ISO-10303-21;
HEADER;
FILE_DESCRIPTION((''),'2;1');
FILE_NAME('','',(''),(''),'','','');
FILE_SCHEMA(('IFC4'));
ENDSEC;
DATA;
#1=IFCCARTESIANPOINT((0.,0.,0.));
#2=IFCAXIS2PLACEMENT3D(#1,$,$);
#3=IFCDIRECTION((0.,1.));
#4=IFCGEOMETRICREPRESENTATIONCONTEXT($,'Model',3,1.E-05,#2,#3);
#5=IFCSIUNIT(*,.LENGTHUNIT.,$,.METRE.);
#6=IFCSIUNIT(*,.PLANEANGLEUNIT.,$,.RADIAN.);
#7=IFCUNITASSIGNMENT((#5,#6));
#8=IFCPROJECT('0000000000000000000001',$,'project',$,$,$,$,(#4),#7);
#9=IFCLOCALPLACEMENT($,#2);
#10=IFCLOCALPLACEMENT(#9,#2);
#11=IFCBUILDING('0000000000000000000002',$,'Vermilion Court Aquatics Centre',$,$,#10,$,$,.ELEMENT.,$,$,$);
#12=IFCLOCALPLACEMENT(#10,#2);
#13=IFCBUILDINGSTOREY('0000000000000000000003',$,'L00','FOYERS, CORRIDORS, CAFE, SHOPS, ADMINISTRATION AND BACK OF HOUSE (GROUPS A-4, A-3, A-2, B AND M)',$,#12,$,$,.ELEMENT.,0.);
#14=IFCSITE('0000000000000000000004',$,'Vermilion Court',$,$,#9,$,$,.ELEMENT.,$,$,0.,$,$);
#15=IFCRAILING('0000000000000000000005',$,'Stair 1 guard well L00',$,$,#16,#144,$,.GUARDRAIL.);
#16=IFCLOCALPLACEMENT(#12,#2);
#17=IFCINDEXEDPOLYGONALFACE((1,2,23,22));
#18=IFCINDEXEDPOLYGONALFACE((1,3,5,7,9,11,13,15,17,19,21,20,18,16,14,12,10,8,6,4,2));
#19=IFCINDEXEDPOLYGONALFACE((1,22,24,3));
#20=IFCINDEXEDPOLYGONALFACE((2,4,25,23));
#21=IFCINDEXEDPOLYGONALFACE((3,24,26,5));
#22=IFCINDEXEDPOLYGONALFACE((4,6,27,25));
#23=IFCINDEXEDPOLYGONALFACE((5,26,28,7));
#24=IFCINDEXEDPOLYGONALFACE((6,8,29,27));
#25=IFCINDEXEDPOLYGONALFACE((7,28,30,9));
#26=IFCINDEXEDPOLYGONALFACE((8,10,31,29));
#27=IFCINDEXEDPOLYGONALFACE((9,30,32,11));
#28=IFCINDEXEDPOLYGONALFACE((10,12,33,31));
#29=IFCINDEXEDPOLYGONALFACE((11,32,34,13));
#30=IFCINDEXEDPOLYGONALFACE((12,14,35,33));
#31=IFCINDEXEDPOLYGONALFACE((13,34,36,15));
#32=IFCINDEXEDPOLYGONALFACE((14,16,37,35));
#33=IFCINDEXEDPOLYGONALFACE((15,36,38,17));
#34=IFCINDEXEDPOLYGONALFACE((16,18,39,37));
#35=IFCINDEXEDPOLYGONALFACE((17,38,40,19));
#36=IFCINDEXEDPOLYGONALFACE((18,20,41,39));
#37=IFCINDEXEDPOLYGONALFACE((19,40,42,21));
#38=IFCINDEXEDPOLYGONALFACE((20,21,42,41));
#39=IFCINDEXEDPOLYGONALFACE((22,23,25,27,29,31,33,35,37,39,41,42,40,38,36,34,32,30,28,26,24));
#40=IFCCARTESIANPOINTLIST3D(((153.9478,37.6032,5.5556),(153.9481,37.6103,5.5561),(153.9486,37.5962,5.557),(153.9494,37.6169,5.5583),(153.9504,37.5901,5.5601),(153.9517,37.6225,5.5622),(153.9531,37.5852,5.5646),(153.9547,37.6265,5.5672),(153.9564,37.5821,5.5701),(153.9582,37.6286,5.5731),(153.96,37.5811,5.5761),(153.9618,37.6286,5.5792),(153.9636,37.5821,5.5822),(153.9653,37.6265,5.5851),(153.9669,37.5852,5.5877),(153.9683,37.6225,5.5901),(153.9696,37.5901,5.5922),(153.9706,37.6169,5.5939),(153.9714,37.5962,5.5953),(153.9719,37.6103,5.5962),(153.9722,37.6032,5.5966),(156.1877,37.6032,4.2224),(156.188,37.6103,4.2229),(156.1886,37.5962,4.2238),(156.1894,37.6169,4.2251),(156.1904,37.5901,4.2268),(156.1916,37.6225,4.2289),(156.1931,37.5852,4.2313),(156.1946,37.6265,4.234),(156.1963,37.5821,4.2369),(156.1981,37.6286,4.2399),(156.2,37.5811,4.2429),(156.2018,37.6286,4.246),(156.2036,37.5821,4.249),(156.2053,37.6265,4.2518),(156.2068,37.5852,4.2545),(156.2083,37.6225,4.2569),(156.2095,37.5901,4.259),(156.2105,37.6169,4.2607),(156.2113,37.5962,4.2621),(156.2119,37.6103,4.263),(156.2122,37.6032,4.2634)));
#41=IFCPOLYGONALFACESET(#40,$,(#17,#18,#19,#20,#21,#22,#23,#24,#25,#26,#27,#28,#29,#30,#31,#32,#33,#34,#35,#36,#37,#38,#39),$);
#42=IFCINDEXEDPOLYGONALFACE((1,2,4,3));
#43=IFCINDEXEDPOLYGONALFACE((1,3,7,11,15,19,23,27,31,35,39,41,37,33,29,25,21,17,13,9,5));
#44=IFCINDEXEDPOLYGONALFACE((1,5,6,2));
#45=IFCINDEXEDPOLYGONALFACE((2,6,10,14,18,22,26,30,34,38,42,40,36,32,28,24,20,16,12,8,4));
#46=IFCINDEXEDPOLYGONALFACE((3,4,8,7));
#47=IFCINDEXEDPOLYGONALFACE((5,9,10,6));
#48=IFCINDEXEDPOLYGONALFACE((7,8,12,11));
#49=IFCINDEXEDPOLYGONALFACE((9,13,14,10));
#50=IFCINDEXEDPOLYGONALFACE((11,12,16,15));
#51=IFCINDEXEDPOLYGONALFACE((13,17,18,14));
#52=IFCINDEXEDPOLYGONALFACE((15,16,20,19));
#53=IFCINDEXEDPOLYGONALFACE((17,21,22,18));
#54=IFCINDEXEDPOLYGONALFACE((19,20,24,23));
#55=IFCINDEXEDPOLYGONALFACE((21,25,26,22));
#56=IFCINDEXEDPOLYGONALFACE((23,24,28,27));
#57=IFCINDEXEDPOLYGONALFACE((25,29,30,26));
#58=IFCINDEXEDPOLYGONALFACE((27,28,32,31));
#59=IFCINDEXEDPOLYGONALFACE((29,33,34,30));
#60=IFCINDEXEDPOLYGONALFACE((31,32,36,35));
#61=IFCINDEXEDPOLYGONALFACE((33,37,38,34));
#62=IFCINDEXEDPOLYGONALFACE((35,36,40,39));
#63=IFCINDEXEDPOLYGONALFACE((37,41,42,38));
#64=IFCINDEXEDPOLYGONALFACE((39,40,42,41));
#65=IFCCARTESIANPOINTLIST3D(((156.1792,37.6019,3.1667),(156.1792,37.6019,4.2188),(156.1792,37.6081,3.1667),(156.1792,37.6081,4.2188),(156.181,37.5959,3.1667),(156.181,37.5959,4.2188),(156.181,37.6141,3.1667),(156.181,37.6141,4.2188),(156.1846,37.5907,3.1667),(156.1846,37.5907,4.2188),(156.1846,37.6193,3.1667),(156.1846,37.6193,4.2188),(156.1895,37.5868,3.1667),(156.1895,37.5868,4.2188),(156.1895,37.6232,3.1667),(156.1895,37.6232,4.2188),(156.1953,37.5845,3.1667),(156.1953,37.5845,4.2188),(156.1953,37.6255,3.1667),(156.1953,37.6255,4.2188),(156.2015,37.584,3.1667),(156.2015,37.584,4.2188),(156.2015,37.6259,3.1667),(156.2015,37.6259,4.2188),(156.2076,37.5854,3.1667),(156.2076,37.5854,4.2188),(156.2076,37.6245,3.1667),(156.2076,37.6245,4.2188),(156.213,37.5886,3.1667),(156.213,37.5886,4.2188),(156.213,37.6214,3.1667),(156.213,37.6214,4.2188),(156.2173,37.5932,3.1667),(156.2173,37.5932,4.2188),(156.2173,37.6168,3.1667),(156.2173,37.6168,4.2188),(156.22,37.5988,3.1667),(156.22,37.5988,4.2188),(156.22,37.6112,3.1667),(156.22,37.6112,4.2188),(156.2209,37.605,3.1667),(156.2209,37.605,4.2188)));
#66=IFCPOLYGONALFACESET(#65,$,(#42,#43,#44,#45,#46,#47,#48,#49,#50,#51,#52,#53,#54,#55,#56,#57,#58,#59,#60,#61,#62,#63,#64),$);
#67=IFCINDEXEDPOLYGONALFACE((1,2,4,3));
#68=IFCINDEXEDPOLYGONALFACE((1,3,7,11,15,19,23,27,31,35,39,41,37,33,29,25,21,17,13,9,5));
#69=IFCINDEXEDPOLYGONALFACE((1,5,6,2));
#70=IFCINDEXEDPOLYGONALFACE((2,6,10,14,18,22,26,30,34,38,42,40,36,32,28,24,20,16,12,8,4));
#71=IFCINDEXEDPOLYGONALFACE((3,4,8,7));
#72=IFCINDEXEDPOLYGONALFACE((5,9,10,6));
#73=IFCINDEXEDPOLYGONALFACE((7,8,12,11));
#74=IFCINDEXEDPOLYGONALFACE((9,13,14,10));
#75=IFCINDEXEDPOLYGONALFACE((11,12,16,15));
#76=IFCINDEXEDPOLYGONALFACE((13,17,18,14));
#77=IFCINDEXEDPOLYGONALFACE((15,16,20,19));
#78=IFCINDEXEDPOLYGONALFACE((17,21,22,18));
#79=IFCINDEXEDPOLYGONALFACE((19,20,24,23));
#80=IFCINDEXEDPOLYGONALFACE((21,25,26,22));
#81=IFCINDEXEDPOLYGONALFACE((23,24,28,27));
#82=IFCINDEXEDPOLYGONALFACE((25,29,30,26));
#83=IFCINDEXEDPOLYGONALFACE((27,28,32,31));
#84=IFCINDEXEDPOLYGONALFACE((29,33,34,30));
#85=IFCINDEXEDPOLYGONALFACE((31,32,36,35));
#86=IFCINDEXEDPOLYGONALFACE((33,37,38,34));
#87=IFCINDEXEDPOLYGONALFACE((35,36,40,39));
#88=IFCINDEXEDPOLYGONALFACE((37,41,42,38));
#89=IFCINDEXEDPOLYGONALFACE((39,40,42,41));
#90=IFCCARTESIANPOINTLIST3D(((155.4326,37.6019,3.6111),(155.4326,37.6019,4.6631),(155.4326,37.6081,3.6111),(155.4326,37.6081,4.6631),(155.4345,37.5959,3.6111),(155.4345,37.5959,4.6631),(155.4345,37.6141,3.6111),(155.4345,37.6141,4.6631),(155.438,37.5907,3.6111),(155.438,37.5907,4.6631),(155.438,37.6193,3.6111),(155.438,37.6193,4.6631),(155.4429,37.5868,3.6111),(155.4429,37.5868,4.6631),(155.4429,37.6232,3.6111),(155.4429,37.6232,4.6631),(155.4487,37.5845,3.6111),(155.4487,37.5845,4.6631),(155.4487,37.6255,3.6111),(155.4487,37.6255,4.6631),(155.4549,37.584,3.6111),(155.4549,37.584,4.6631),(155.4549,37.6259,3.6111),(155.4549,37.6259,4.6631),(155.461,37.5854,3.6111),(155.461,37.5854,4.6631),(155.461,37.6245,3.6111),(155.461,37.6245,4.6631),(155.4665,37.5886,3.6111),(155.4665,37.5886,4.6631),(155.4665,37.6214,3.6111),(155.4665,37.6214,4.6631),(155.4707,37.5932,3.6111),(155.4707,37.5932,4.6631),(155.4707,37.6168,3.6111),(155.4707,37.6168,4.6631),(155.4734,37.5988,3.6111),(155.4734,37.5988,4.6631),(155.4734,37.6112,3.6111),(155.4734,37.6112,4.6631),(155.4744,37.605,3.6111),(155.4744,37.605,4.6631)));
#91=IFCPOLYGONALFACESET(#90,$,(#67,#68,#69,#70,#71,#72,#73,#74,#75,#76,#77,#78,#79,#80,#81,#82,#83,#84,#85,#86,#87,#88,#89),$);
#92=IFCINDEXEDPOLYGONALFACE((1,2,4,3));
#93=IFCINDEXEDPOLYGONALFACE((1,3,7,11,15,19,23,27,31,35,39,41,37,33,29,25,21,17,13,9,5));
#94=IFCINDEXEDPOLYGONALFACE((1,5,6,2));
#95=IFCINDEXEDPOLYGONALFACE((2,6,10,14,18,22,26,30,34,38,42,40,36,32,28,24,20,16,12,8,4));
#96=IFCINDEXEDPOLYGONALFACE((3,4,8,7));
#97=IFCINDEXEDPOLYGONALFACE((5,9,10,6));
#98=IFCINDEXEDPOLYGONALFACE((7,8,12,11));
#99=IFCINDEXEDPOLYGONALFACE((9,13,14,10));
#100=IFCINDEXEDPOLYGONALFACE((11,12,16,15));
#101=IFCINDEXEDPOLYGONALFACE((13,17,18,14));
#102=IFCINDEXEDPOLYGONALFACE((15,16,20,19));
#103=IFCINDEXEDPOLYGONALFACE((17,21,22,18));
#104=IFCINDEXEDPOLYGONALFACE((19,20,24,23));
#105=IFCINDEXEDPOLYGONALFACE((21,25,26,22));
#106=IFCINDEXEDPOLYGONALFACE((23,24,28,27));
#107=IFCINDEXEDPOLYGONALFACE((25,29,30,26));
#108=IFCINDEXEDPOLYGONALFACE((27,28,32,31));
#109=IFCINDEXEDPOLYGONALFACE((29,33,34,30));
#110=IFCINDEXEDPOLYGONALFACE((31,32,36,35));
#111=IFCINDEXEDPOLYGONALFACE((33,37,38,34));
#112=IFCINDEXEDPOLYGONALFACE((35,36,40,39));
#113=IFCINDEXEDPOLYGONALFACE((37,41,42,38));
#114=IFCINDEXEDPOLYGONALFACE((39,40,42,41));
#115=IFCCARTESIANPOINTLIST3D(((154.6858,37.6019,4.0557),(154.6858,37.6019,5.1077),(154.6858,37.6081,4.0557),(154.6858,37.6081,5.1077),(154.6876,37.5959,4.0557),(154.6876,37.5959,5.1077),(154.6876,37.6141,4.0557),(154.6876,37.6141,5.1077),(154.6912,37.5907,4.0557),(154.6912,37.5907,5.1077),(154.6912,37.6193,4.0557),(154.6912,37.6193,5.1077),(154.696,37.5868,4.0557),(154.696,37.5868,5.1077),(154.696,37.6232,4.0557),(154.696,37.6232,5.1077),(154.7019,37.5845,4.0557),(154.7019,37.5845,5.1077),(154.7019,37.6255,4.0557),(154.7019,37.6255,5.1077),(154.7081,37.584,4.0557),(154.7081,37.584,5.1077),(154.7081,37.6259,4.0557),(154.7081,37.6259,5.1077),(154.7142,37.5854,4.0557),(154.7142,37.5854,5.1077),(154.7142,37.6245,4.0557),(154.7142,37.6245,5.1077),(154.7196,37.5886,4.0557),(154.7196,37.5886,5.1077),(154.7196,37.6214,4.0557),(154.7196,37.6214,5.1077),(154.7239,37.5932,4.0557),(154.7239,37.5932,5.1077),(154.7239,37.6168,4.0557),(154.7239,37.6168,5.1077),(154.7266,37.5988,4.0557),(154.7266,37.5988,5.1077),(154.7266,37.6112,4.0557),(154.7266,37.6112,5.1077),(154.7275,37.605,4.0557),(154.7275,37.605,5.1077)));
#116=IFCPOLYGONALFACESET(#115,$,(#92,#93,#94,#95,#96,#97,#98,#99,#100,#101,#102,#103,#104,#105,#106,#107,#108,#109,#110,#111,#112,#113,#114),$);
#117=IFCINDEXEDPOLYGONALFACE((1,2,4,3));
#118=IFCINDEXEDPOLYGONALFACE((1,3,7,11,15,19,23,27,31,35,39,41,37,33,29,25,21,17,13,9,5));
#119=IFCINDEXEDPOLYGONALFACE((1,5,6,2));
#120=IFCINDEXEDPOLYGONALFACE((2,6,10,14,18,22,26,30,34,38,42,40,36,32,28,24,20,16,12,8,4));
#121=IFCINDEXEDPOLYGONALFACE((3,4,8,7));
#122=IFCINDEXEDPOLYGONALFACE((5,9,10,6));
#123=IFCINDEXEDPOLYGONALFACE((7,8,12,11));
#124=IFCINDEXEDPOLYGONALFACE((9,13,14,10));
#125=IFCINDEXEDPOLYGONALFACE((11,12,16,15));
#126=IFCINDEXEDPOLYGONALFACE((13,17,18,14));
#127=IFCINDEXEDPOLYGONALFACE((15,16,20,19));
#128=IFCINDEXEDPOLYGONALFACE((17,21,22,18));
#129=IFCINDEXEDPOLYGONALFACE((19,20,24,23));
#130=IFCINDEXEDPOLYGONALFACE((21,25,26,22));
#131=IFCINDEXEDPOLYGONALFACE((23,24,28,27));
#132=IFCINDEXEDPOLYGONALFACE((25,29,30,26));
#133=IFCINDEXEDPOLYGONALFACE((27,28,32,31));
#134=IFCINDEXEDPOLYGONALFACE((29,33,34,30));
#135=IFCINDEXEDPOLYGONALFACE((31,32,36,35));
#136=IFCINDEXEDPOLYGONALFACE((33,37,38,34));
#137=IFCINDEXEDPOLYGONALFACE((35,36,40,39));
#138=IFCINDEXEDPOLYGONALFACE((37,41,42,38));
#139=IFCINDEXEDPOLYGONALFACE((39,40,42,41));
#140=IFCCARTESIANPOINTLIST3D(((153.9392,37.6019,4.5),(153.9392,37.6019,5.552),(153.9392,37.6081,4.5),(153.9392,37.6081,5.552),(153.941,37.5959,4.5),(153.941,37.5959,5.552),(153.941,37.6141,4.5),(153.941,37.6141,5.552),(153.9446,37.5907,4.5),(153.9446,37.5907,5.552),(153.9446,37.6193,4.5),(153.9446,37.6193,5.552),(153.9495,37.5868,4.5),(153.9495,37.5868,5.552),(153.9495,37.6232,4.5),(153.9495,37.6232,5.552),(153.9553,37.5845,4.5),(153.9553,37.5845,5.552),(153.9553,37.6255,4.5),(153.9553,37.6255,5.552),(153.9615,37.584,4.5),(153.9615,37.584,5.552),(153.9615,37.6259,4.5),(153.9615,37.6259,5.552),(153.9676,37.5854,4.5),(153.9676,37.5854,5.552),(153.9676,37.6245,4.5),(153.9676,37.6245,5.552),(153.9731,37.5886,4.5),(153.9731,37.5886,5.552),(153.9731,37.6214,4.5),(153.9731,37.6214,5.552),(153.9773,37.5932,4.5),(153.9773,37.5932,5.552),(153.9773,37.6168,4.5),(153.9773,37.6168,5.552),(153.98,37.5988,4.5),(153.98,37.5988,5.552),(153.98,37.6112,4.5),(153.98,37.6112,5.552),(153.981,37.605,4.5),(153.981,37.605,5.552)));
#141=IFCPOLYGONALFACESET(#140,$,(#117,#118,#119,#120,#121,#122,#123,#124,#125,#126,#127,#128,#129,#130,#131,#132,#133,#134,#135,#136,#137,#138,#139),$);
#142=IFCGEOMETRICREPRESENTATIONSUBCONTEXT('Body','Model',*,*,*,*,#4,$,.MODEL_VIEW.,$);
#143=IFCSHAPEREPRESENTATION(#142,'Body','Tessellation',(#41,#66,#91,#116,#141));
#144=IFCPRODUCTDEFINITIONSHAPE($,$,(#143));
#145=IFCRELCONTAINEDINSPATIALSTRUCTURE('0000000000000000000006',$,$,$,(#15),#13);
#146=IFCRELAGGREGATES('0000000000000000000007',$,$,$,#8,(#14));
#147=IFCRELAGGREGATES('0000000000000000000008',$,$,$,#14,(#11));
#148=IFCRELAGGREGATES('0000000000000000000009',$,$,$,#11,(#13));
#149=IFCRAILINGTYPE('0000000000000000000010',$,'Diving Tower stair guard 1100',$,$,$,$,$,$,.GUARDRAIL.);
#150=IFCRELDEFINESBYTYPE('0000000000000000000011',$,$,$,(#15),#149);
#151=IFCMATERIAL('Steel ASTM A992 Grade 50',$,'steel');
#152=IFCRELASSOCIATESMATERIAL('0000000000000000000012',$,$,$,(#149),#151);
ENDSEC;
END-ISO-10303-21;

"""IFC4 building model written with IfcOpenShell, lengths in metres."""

from ifc_helpers import new_model, si_unit, direction, frame, origin, origin_2d, place, context, subcontext, project, spatial, circle, extrude, material, type_object, element, save


model = new_model("IFC4")

# Units and contexts
model_context = context("Model", 3, precision=1e-05, world=origin(), true_north=direction((0.0, 1.0)))
body_context = subcontext(model_context, "Body", "Model", "MODEL_VIEW")
ifc_project = project(units=[si_unit("LENGTHUNIT", "METRE"), si_unit("PLANEANGLEUNIT", "RADIAN")], contexts=[model_context])

# Site, building, storey
site_placement = place(None, origin())
site = spatial("IfcSite", under=ifc_project, at=site_placement, Name="Vermilion Court", CompositionType="ELEMENT", RefElevation=0.0)
building_placement = place(site_placement, origin())
building = spatial("IfcBuilding", under=site, at=building_placement, Name="Vermilion Court Aquatics Centre", CompositionType="ELEMENT")
storey_placement = place(building_placement, origin())
storey = spatial("IfcBuildingStorey", under=building, at=storey_placement, Name="L00", Description="FOYERS, CORRIDORS, CAFE, SHOPS, ADMINISTRATION AND BACK OF HOUSE (GROUPS A-4, A-3, A-2, B AND M)", CompositionType="ELEMENT", Elevation=0.0)

# Railing
ifc_material_1 = material(Name="Steel ASTM A992 Grade 50", Category="steel")
railing_type_1 = type_object("IfcRailingType", Name="Diving Tower stair guard 1100", PredefinedType="GUARDRAIL", material=ifc_material_1)
for number, where, name in (
    (1, (156.2, 37.605, 3.1667), "Stair 1 guard well L00"),
):
    element("IfcRailing", number, at=place(storey_placement, frame(where)), inside=storey, type_object=railing_type_1, Name=name, PredefinedType="GUARDRAIL", context=body_context, shape_type="SweptSolid", body=[
        extrude(circle(Radius=0.0239, at=origin_2d()), frame((0.0, 0.0, 1.0762), z_axis=(-0.859306, 0.0, 0.511462), x_axis=(0.0, -1.0, 0.0)), (0.0, 0.0, 1.0), 2.6067),
        extrude(circle(Radius=0.021, at=origin_2d()), origin(), (0.0, 0.0, 1.0), 1.052),
        extrude(circle(Radius=0.021, at=origin_2d()), frame((-0.7466, 0.0, 0.4443)), (0.0, 0.0, 1.0), 1.052),
        extrude(circle(Radius=0.021, at=origin_2d()), frame((-1.4934, 0.0, 0.8889)), (0.0, 0.0, 1.0), 1.052),
        extrude(circle(Radius=0.021, at=origin_2d()), frame((-2.24, 0.0, 1.3333)), (0.0, 0.0, 1.0), 1.052),
    ])

save(model, "model.ifc")
